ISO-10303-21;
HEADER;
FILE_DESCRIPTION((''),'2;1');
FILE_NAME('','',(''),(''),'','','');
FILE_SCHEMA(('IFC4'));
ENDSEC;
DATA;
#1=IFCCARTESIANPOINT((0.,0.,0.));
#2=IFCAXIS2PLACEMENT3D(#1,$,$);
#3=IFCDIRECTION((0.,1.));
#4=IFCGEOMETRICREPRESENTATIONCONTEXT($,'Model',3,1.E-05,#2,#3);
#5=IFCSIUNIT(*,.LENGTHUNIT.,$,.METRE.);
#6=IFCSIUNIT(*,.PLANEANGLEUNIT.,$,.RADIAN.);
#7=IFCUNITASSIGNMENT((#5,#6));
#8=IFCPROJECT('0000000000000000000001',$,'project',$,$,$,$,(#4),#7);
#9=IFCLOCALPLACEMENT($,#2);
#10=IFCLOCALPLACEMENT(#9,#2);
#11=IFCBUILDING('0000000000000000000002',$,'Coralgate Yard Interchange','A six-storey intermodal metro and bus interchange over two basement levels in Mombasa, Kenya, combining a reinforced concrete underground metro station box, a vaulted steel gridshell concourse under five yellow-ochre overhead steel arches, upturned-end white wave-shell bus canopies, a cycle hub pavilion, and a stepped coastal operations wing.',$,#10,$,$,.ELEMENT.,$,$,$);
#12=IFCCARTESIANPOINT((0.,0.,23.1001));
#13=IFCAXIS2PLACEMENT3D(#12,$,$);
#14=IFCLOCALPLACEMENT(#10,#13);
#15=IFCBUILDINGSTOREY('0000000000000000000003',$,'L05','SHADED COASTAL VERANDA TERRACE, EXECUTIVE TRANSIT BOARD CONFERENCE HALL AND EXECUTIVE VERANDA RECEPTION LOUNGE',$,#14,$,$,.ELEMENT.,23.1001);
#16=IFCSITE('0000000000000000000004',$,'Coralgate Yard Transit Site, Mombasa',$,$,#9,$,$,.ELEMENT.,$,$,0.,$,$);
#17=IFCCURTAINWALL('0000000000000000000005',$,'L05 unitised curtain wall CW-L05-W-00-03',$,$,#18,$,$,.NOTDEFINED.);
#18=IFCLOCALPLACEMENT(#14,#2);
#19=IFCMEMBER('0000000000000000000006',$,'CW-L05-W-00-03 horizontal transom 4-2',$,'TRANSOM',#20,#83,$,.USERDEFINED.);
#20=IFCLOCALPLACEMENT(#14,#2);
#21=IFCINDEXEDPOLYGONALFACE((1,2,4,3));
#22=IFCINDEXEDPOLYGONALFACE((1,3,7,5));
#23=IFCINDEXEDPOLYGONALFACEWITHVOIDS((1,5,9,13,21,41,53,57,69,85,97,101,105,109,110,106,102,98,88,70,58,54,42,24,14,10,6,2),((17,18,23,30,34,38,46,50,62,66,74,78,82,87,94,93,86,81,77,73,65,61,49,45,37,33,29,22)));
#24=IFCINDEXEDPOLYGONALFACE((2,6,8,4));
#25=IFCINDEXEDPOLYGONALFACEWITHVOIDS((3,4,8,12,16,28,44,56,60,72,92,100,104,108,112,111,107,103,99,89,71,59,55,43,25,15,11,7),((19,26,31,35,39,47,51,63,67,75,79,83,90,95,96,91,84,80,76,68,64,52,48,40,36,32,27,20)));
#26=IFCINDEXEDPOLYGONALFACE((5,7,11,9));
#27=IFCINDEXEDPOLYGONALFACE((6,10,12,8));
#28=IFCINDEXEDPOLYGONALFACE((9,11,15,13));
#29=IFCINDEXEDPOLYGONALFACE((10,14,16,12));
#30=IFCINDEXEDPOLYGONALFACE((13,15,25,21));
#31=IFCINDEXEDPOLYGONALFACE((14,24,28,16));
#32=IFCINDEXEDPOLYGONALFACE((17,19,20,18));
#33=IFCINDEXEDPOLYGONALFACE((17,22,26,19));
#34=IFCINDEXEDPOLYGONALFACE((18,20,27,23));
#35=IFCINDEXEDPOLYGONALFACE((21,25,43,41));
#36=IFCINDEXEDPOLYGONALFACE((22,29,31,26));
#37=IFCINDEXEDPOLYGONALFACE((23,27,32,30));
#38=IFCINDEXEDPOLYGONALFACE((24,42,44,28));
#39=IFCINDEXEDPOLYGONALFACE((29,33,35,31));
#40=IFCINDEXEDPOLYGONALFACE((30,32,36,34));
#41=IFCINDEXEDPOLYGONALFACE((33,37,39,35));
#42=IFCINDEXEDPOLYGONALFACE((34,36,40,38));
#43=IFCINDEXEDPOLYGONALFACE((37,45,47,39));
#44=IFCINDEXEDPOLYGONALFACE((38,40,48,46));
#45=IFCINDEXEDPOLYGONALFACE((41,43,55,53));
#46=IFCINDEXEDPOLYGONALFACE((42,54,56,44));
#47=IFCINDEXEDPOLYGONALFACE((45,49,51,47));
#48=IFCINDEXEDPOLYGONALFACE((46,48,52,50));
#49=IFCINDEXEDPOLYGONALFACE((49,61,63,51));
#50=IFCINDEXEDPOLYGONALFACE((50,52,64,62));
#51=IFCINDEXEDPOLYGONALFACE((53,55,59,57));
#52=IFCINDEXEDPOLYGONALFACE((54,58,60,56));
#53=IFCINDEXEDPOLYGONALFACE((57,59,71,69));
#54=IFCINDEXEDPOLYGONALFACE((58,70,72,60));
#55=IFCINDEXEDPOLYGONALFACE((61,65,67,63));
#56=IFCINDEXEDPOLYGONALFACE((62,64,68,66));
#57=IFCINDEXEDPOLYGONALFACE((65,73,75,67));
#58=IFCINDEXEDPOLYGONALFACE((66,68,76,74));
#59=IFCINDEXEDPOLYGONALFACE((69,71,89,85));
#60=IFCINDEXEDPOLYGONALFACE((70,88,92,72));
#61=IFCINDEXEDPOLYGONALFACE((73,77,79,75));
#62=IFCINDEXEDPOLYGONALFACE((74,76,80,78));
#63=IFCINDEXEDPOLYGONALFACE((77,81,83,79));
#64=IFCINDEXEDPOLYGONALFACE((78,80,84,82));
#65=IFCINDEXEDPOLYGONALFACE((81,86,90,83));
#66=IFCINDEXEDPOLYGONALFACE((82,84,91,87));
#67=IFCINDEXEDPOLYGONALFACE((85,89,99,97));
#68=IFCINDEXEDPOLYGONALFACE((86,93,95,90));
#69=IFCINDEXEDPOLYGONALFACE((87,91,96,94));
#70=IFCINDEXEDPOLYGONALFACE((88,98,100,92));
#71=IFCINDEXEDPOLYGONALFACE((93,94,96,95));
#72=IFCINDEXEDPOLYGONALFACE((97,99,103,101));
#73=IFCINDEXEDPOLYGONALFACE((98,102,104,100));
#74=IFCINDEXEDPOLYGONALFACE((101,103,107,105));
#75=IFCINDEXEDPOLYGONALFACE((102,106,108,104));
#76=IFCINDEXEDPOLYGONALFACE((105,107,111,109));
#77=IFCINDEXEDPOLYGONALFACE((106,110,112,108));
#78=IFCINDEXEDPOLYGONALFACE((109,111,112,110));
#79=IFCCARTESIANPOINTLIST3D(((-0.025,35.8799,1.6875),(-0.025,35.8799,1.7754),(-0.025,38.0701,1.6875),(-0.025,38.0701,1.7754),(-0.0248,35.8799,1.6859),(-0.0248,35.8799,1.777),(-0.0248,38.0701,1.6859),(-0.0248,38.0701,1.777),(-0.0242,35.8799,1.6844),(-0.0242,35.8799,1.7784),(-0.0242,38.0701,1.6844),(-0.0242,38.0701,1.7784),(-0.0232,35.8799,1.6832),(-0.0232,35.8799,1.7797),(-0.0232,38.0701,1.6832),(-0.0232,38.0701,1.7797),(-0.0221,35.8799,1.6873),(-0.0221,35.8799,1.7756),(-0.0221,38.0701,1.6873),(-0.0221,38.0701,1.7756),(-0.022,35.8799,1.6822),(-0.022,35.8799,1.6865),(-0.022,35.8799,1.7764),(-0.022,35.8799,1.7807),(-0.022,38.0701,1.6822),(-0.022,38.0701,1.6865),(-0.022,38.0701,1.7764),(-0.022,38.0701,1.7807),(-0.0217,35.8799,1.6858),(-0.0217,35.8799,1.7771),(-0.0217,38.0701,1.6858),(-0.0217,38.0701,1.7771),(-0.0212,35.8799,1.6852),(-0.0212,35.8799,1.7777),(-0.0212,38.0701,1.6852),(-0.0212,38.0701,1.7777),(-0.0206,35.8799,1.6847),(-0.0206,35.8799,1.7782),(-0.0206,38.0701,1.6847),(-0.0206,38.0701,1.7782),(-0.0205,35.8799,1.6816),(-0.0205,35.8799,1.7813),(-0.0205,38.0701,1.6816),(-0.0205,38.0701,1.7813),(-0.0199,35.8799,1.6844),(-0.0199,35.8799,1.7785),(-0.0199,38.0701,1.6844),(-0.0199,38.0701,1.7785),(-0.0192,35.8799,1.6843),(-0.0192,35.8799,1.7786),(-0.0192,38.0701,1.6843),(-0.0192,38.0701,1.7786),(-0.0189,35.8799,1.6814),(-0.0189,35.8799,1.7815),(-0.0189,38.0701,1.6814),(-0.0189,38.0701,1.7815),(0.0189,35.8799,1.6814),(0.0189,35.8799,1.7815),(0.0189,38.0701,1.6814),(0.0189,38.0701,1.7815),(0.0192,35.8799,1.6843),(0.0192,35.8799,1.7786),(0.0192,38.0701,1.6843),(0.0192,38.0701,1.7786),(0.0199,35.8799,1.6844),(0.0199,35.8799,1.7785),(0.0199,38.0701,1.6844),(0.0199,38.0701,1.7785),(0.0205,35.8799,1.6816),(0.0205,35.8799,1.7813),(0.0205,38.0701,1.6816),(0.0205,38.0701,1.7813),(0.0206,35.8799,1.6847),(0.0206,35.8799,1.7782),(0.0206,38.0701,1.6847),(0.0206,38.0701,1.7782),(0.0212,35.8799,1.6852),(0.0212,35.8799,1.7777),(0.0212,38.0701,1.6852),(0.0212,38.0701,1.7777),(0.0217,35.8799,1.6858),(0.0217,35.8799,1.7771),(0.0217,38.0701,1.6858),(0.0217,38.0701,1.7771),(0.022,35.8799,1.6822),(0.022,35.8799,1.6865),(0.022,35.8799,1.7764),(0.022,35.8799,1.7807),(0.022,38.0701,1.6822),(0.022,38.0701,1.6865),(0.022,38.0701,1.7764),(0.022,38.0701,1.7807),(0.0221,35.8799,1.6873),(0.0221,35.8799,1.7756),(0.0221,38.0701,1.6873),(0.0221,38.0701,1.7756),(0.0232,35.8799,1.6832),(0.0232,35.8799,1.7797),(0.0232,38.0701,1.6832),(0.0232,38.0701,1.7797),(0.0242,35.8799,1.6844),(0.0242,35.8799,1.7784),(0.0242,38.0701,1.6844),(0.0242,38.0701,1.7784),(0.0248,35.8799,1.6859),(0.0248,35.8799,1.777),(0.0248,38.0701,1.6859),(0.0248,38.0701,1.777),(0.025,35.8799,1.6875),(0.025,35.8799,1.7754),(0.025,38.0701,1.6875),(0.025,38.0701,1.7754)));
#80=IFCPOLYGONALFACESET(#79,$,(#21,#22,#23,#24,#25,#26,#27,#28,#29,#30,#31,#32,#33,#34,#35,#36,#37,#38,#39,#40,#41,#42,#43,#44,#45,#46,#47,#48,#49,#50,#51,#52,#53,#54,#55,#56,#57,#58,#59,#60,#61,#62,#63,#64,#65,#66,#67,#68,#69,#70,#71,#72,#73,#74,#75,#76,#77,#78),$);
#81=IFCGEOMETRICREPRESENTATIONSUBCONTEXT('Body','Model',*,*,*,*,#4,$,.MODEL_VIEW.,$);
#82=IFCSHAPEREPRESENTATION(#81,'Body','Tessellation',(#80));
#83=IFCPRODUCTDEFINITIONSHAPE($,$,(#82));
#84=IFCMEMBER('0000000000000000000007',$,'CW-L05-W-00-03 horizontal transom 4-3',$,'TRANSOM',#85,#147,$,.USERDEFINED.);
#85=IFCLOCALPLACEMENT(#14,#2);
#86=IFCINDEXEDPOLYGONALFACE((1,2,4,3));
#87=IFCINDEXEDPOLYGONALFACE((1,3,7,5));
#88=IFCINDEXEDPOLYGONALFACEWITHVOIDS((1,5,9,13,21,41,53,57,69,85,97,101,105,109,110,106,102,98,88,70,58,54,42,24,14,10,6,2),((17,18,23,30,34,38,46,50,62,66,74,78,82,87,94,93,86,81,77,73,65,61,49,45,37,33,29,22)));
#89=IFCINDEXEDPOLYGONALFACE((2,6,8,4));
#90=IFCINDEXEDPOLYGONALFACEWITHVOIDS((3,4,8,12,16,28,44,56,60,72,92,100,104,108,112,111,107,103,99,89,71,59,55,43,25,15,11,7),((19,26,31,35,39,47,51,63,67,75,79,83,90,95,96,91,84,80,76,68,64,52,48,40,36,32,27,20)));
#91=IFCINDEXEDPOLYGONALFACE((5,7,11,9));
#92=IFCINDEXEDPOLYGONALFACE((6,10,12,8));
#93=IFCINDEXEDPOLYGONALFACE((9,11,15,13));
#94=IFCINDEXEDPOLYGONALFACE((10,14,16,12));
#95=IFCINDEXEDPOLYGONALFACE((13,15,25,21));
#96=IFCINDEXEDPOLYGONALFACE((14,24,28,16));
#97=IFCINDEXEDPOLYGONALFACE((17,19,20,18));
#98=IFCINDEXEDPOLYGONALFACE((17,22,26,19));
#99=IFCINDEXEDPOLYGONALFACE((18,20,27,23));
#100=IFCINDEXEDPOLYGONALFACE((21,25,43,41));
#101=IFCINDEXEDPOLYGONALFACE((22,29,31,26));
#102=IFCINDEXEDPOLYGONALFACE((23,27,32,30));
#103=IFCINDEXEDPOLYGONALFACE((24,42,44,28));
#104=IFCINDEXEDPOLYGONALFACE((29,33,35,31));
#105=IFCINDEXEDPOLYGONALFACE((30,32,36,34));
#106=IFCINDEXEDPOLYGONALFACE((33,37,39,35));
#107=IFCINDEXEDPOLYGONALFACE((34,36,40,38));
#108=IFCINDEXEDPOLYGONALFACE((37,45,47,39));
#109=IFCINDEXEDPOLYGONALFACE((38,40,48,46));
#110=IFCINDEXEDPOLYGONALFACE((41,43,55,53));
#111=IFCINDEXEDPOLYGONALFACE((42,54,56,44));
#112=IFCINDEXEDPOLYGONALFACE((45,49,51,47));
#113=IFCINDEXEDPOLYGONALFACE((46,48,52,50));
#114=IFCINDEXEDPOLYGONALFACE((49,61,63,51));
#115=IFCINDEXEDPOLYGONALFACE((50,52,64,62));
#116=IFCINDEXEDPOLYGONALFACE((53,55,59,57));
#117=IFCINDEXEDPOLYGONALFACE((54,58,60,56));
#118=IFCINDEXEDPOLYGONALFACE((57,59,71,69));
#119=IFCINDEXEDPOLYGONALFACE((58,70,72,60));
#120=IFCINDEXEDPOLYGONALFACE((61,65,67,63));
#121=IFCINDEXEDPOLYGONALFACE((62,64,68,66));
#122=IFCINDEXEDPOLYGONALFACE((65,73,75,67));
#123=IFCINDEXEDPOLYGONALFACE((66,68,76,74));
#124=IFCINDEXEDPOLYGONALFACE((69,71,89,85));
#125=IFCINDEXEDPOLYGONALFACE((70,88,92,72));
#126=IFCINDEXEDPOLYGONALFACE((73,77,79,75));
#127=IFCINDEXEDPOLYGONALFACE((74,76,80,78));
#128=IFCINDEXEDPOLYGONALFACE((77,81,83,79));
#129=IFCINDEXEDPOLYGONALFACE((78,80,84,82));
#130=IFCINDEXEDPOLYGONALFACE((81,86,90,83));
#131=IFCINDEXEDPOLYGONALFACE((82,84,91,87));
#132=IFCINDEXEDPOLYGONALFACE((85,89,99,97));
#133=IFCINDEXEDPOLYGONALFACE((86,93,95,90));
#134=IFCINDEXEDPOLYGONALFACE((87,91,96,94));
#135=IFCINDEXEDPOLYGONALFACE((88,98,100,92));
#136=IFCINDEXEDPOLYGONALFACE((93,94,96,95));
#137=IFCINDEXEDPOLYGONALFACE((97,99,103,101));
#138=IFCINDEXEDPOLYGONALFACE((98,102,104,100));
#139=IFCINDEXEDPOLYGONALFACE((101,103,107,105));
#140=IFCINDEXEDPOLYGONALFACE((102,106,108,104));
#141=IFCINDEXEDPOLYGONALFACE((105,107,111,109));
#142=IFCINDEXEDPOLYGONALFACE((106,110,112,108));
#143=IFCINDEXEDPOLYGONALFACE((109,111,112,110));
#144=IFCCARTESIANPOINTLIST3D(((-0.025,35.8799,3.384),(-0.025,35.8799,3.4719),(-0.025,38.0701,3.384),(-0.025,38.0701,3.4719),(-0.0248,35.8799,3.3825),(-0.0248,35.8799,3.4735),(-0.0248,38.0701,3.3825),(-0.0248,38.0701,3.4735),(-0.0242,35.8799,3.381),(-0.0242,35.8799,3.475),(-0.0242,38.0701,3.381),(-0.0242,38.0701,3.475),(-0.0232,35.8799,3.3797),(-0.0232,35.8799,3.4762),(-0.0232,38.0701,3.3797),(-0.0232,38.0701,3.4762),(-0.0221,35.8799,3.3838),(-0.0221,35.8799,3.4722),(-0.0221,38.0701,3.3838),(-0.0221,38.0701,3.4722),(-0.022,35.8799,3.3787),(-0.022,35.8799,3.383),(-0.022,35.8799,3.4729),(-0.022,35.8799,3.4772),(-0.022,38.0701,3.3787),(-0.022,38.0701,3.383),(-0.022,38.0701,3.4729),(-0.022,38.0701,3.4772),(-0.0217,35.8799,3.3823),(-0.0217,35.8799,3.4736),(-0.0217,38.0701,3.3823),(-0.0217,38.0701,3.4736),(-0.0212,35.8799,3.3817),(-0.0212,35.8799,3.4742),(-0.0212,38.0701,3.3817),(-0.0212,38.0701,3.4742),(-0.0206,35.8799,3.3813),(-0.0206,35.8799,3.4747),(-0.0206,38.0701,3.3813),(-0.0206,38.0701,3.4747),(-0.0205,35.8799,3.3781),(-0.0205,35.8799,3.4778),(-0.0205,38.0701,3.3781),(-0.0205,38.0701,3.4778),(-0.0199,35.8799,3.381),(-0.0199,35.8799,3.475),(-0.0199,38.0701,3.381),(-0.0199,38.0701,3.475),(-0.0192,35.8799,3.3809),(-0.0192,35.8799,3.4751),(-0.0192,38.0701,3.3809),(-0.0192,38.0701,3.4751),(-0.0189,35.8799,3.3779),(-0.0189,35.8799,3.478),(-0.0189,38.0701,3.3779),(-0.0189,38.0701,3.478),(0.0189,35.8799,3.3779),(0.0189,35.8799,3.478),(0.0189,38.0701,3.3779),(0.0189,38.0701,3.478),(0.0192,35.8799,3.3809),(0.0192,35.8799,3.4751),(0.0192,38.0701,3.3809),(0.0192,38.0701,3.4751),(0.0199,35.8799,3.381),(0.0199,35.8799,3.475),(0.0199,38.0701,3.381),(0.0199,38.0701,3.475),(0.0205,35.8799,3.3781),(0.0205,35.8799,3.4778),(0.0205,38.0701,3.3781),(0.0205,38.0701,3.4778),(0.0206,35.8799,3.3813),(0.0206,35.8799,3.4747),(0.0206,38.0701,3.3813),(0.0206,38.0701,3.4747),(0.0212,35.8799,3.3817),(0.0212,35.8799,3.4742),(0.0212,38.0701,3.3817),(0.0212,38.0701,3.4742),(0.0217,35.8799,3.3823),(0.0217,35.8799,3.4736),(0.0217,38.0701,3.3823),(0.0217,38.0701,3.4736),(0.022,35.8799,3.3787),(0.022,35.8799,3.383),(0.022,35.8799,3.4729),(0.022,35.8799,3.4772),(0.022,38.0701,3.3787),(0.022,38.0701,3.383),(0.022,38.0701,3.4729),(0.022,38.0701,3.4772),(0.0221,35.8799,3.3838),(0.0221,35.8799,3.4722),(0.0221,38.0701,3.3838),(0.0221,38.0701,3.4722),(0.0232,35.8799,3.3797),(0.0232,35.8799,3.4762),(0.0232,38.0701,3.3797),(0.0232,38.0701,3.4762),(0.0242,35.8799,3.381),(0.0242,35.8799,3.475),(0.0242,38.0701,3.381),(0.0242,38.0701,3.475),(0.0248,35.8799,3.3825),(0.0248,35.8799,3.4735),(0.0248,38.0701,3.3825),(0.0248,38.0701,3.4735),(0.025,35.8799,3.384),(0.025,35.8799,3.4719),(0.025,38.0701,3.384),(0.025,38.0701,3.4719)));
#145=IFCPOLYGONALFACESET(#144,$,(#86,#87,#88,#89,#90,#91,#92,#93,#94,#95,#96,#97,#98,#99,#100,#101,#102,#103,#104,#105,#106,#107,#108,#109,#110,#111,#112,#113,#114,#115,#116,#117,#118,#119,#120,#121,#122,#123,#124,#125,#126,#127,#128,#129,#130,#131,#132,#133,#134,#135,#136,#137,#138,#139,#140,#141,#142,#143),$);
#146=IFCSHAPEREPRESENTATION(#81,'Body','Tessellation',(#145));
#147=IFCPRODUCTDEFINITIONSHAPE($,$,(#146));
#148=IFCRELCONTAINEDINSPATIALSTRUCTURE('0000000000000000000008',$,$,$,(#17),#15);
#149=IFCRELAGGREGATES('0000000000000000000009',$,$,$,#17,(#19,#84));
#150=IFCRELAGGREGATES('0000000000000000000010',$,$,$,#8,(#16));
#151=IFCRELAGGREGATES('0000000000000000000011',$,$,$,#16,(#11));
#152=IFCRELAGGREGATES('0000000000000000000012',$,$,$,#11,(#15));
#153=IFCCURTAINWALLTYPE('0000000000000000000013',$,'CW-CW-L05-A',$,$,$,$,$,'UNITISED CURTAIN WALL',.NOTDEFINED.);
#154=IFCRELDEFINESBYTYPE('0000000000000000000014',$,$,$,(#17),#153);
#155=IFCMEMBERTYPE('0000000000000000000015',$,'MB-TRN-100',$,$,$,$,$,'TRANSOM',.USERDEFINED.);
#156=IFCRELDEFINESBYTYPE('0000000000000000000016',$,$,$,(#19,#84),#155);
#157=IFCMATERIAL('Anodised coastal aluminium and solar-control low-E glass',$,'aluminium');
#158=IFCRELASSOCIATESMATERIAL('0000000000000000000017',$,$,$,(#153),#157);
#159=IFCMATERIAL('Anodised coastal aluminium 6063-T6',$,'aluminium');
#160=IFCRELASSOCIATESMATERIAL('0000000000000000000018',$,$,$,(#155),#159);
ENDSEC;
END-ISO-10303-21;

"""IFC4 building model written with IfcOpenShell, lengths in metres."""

from ifc_helpers import new_model, si_unit, direction, frame, origin, origin_2d, place, context, subcontext, project, spatial, hollow_rectangle, extrude, material, material_profile, profile_set, type_object, element, aggregate, save


model = new_model("IFC4")

# Units and contexts
model_context = context("Model", 3, precision=1e-05, world=origin(), true_north=direction((0.0, 1.0)))
body_context = subcontext(model_context, "Body", "Model", "MODEL_VIEW")
ifc_project = project(units=[si_unit("LENGTHUNIT", "METRE"), si_unit("PLANEANGLEUNIT", "RADIAN")], contexts=[model_context])

# Site, building, storey
site_placement = place(None, origin())
site = spatial("IfcSite", under=ifc_project, at=site_placement, Name="Coralgate Yard Transit Site, Mombasa", CompositionType="ELEMENT", RefElevation=0.0)
building_placement = place(site_placement, origin())
building = spatial("IfcBuilding", under=site, at=building_placement, Name="Coralgate Yard Interchange", Description="A six-storey intermodal metro and bus interchange over two basement levels in Mombasa, Kenya, combining a reinforced concrete underground metro station box, a vaulted steel gridshell concourse under five yellow-ochre overhead steel arches, upturned-end white wave-shell bus canopies, a cycle hub pavilion, and a stepped coastal operations wing.", CompositionType="ELEMENT")
storey_placement = place(building_placement, frame((0.0, 0.0, 23.1001)))
storey = spatial("IfcBuildingStorey", under=building, at=storey_placement, Name="L05", Description="SHADED COASTAL VERANDA TERRACE, EXECUTIVE TRANSIT BOARD CONFERENCE HALL AND EXECUTIVE VERANDA RECEPTION LOUNGE", CompositionType="ELEMENT", Elevation=23.1001)

# Curtain wall
ifc_material_1 = material(Name="Anodised coastal aluminium and solar-control low-E glass", Category="aluminium")
curtain_wall_type = type_object("IfcCurtainWallType", Name="CW-CW-L05-A", ElementType="UNITISED CURTAIN WALL", PredefinedType="NOTDEFINED", material=ifc_material_1)
curtain_wall_1_placement = place(storey_placement, origin())
curtain_wall_1 = element("IfcCurtainWall", 1, at=curtain_wall_1_placement, inside=storey, type_object=curtain_wall_type, Name="L05 unitised curtain wall CW-L05-W-00-03", PredefinedType="NOTDEFINED")
ifc_material_2 = material(Name="Anodised coastal aluminium 6063-T6", Category="aluminium")

# Members
ifc_material_profile_1 = material_profile(ifc_material_2, hollow_rectangle(XDim=0.05, YDim=0.1001, WallThickness=0.0029, InnerFilletRadius=0.0029, OuterFilletRadius=0.0061, at=origin_2d()), Name="ALU 50x100x3")
ifc_profile_set_1 = profile_set([ifc_material_profile_1], Name="Anodised coastal aluminium 6063-T6")
member_type_1 = type_object("IfcMemberType", Name="MB-TRN-100", ElementType="TRANSOM", PredefinedType="USERDEFINED", material=ifc_profile_set_1)
member_1_placement = place(storey_placement, frame((0.0, 35.8799, 1.7314), z_axis=(0.0, 1.0, 0.0), x_axis=(-1.0, 0.0, 0.0)))
member_1 = element("IfcMember", 2, at=member_1_placement, type_object=member_type_1, Name="CW-L05-W-00-03 horizontal transom 4-2", ObjectType="TRANSOM", PredefinedType="USERDEFINED", context=body_context, shape_type="SweptSolid", body=[
    extrude(hollow_rectangle(XDim=0.05, YDim=0.1001, WallThickness=0.0029, InnerFilletRadius=0.0029, OuterFilletRadius=0.0061, at=origin_2d()), origin(), (0.0, 0.0, 1.0), 2.1902),
])
member_2_placement = place(storey_placement, frame((0.0, 35.8799, 3.428), z_axis=(0.0, 1.0, 0.0), x_axis=(-1.0, 0.0, 0.0)))
member_2 = element("IfcMember", 3, at=member_2_placement, type_object=member_type_1, Name="CW-L05-W-00-03 horizontal transom 4-3", ObjectType="TRANSOM", PredefinedType="USERDEFINED", context=body_context, shape_type="SweptSolid", body=[
    extrude(hollow_rectangle(XDim=0.05, YDim=0.1001, WallThickness=0.0029, InnerFilletRadius=0.0029, OuterFilletRadius=0.0061, at=origin_2d()), origin(), (0.0, 0.0, 1.0), 2.1902),
])

aggregate(curtain_wall_1, [member_1, member_2])

save(model, "model.ifc")
